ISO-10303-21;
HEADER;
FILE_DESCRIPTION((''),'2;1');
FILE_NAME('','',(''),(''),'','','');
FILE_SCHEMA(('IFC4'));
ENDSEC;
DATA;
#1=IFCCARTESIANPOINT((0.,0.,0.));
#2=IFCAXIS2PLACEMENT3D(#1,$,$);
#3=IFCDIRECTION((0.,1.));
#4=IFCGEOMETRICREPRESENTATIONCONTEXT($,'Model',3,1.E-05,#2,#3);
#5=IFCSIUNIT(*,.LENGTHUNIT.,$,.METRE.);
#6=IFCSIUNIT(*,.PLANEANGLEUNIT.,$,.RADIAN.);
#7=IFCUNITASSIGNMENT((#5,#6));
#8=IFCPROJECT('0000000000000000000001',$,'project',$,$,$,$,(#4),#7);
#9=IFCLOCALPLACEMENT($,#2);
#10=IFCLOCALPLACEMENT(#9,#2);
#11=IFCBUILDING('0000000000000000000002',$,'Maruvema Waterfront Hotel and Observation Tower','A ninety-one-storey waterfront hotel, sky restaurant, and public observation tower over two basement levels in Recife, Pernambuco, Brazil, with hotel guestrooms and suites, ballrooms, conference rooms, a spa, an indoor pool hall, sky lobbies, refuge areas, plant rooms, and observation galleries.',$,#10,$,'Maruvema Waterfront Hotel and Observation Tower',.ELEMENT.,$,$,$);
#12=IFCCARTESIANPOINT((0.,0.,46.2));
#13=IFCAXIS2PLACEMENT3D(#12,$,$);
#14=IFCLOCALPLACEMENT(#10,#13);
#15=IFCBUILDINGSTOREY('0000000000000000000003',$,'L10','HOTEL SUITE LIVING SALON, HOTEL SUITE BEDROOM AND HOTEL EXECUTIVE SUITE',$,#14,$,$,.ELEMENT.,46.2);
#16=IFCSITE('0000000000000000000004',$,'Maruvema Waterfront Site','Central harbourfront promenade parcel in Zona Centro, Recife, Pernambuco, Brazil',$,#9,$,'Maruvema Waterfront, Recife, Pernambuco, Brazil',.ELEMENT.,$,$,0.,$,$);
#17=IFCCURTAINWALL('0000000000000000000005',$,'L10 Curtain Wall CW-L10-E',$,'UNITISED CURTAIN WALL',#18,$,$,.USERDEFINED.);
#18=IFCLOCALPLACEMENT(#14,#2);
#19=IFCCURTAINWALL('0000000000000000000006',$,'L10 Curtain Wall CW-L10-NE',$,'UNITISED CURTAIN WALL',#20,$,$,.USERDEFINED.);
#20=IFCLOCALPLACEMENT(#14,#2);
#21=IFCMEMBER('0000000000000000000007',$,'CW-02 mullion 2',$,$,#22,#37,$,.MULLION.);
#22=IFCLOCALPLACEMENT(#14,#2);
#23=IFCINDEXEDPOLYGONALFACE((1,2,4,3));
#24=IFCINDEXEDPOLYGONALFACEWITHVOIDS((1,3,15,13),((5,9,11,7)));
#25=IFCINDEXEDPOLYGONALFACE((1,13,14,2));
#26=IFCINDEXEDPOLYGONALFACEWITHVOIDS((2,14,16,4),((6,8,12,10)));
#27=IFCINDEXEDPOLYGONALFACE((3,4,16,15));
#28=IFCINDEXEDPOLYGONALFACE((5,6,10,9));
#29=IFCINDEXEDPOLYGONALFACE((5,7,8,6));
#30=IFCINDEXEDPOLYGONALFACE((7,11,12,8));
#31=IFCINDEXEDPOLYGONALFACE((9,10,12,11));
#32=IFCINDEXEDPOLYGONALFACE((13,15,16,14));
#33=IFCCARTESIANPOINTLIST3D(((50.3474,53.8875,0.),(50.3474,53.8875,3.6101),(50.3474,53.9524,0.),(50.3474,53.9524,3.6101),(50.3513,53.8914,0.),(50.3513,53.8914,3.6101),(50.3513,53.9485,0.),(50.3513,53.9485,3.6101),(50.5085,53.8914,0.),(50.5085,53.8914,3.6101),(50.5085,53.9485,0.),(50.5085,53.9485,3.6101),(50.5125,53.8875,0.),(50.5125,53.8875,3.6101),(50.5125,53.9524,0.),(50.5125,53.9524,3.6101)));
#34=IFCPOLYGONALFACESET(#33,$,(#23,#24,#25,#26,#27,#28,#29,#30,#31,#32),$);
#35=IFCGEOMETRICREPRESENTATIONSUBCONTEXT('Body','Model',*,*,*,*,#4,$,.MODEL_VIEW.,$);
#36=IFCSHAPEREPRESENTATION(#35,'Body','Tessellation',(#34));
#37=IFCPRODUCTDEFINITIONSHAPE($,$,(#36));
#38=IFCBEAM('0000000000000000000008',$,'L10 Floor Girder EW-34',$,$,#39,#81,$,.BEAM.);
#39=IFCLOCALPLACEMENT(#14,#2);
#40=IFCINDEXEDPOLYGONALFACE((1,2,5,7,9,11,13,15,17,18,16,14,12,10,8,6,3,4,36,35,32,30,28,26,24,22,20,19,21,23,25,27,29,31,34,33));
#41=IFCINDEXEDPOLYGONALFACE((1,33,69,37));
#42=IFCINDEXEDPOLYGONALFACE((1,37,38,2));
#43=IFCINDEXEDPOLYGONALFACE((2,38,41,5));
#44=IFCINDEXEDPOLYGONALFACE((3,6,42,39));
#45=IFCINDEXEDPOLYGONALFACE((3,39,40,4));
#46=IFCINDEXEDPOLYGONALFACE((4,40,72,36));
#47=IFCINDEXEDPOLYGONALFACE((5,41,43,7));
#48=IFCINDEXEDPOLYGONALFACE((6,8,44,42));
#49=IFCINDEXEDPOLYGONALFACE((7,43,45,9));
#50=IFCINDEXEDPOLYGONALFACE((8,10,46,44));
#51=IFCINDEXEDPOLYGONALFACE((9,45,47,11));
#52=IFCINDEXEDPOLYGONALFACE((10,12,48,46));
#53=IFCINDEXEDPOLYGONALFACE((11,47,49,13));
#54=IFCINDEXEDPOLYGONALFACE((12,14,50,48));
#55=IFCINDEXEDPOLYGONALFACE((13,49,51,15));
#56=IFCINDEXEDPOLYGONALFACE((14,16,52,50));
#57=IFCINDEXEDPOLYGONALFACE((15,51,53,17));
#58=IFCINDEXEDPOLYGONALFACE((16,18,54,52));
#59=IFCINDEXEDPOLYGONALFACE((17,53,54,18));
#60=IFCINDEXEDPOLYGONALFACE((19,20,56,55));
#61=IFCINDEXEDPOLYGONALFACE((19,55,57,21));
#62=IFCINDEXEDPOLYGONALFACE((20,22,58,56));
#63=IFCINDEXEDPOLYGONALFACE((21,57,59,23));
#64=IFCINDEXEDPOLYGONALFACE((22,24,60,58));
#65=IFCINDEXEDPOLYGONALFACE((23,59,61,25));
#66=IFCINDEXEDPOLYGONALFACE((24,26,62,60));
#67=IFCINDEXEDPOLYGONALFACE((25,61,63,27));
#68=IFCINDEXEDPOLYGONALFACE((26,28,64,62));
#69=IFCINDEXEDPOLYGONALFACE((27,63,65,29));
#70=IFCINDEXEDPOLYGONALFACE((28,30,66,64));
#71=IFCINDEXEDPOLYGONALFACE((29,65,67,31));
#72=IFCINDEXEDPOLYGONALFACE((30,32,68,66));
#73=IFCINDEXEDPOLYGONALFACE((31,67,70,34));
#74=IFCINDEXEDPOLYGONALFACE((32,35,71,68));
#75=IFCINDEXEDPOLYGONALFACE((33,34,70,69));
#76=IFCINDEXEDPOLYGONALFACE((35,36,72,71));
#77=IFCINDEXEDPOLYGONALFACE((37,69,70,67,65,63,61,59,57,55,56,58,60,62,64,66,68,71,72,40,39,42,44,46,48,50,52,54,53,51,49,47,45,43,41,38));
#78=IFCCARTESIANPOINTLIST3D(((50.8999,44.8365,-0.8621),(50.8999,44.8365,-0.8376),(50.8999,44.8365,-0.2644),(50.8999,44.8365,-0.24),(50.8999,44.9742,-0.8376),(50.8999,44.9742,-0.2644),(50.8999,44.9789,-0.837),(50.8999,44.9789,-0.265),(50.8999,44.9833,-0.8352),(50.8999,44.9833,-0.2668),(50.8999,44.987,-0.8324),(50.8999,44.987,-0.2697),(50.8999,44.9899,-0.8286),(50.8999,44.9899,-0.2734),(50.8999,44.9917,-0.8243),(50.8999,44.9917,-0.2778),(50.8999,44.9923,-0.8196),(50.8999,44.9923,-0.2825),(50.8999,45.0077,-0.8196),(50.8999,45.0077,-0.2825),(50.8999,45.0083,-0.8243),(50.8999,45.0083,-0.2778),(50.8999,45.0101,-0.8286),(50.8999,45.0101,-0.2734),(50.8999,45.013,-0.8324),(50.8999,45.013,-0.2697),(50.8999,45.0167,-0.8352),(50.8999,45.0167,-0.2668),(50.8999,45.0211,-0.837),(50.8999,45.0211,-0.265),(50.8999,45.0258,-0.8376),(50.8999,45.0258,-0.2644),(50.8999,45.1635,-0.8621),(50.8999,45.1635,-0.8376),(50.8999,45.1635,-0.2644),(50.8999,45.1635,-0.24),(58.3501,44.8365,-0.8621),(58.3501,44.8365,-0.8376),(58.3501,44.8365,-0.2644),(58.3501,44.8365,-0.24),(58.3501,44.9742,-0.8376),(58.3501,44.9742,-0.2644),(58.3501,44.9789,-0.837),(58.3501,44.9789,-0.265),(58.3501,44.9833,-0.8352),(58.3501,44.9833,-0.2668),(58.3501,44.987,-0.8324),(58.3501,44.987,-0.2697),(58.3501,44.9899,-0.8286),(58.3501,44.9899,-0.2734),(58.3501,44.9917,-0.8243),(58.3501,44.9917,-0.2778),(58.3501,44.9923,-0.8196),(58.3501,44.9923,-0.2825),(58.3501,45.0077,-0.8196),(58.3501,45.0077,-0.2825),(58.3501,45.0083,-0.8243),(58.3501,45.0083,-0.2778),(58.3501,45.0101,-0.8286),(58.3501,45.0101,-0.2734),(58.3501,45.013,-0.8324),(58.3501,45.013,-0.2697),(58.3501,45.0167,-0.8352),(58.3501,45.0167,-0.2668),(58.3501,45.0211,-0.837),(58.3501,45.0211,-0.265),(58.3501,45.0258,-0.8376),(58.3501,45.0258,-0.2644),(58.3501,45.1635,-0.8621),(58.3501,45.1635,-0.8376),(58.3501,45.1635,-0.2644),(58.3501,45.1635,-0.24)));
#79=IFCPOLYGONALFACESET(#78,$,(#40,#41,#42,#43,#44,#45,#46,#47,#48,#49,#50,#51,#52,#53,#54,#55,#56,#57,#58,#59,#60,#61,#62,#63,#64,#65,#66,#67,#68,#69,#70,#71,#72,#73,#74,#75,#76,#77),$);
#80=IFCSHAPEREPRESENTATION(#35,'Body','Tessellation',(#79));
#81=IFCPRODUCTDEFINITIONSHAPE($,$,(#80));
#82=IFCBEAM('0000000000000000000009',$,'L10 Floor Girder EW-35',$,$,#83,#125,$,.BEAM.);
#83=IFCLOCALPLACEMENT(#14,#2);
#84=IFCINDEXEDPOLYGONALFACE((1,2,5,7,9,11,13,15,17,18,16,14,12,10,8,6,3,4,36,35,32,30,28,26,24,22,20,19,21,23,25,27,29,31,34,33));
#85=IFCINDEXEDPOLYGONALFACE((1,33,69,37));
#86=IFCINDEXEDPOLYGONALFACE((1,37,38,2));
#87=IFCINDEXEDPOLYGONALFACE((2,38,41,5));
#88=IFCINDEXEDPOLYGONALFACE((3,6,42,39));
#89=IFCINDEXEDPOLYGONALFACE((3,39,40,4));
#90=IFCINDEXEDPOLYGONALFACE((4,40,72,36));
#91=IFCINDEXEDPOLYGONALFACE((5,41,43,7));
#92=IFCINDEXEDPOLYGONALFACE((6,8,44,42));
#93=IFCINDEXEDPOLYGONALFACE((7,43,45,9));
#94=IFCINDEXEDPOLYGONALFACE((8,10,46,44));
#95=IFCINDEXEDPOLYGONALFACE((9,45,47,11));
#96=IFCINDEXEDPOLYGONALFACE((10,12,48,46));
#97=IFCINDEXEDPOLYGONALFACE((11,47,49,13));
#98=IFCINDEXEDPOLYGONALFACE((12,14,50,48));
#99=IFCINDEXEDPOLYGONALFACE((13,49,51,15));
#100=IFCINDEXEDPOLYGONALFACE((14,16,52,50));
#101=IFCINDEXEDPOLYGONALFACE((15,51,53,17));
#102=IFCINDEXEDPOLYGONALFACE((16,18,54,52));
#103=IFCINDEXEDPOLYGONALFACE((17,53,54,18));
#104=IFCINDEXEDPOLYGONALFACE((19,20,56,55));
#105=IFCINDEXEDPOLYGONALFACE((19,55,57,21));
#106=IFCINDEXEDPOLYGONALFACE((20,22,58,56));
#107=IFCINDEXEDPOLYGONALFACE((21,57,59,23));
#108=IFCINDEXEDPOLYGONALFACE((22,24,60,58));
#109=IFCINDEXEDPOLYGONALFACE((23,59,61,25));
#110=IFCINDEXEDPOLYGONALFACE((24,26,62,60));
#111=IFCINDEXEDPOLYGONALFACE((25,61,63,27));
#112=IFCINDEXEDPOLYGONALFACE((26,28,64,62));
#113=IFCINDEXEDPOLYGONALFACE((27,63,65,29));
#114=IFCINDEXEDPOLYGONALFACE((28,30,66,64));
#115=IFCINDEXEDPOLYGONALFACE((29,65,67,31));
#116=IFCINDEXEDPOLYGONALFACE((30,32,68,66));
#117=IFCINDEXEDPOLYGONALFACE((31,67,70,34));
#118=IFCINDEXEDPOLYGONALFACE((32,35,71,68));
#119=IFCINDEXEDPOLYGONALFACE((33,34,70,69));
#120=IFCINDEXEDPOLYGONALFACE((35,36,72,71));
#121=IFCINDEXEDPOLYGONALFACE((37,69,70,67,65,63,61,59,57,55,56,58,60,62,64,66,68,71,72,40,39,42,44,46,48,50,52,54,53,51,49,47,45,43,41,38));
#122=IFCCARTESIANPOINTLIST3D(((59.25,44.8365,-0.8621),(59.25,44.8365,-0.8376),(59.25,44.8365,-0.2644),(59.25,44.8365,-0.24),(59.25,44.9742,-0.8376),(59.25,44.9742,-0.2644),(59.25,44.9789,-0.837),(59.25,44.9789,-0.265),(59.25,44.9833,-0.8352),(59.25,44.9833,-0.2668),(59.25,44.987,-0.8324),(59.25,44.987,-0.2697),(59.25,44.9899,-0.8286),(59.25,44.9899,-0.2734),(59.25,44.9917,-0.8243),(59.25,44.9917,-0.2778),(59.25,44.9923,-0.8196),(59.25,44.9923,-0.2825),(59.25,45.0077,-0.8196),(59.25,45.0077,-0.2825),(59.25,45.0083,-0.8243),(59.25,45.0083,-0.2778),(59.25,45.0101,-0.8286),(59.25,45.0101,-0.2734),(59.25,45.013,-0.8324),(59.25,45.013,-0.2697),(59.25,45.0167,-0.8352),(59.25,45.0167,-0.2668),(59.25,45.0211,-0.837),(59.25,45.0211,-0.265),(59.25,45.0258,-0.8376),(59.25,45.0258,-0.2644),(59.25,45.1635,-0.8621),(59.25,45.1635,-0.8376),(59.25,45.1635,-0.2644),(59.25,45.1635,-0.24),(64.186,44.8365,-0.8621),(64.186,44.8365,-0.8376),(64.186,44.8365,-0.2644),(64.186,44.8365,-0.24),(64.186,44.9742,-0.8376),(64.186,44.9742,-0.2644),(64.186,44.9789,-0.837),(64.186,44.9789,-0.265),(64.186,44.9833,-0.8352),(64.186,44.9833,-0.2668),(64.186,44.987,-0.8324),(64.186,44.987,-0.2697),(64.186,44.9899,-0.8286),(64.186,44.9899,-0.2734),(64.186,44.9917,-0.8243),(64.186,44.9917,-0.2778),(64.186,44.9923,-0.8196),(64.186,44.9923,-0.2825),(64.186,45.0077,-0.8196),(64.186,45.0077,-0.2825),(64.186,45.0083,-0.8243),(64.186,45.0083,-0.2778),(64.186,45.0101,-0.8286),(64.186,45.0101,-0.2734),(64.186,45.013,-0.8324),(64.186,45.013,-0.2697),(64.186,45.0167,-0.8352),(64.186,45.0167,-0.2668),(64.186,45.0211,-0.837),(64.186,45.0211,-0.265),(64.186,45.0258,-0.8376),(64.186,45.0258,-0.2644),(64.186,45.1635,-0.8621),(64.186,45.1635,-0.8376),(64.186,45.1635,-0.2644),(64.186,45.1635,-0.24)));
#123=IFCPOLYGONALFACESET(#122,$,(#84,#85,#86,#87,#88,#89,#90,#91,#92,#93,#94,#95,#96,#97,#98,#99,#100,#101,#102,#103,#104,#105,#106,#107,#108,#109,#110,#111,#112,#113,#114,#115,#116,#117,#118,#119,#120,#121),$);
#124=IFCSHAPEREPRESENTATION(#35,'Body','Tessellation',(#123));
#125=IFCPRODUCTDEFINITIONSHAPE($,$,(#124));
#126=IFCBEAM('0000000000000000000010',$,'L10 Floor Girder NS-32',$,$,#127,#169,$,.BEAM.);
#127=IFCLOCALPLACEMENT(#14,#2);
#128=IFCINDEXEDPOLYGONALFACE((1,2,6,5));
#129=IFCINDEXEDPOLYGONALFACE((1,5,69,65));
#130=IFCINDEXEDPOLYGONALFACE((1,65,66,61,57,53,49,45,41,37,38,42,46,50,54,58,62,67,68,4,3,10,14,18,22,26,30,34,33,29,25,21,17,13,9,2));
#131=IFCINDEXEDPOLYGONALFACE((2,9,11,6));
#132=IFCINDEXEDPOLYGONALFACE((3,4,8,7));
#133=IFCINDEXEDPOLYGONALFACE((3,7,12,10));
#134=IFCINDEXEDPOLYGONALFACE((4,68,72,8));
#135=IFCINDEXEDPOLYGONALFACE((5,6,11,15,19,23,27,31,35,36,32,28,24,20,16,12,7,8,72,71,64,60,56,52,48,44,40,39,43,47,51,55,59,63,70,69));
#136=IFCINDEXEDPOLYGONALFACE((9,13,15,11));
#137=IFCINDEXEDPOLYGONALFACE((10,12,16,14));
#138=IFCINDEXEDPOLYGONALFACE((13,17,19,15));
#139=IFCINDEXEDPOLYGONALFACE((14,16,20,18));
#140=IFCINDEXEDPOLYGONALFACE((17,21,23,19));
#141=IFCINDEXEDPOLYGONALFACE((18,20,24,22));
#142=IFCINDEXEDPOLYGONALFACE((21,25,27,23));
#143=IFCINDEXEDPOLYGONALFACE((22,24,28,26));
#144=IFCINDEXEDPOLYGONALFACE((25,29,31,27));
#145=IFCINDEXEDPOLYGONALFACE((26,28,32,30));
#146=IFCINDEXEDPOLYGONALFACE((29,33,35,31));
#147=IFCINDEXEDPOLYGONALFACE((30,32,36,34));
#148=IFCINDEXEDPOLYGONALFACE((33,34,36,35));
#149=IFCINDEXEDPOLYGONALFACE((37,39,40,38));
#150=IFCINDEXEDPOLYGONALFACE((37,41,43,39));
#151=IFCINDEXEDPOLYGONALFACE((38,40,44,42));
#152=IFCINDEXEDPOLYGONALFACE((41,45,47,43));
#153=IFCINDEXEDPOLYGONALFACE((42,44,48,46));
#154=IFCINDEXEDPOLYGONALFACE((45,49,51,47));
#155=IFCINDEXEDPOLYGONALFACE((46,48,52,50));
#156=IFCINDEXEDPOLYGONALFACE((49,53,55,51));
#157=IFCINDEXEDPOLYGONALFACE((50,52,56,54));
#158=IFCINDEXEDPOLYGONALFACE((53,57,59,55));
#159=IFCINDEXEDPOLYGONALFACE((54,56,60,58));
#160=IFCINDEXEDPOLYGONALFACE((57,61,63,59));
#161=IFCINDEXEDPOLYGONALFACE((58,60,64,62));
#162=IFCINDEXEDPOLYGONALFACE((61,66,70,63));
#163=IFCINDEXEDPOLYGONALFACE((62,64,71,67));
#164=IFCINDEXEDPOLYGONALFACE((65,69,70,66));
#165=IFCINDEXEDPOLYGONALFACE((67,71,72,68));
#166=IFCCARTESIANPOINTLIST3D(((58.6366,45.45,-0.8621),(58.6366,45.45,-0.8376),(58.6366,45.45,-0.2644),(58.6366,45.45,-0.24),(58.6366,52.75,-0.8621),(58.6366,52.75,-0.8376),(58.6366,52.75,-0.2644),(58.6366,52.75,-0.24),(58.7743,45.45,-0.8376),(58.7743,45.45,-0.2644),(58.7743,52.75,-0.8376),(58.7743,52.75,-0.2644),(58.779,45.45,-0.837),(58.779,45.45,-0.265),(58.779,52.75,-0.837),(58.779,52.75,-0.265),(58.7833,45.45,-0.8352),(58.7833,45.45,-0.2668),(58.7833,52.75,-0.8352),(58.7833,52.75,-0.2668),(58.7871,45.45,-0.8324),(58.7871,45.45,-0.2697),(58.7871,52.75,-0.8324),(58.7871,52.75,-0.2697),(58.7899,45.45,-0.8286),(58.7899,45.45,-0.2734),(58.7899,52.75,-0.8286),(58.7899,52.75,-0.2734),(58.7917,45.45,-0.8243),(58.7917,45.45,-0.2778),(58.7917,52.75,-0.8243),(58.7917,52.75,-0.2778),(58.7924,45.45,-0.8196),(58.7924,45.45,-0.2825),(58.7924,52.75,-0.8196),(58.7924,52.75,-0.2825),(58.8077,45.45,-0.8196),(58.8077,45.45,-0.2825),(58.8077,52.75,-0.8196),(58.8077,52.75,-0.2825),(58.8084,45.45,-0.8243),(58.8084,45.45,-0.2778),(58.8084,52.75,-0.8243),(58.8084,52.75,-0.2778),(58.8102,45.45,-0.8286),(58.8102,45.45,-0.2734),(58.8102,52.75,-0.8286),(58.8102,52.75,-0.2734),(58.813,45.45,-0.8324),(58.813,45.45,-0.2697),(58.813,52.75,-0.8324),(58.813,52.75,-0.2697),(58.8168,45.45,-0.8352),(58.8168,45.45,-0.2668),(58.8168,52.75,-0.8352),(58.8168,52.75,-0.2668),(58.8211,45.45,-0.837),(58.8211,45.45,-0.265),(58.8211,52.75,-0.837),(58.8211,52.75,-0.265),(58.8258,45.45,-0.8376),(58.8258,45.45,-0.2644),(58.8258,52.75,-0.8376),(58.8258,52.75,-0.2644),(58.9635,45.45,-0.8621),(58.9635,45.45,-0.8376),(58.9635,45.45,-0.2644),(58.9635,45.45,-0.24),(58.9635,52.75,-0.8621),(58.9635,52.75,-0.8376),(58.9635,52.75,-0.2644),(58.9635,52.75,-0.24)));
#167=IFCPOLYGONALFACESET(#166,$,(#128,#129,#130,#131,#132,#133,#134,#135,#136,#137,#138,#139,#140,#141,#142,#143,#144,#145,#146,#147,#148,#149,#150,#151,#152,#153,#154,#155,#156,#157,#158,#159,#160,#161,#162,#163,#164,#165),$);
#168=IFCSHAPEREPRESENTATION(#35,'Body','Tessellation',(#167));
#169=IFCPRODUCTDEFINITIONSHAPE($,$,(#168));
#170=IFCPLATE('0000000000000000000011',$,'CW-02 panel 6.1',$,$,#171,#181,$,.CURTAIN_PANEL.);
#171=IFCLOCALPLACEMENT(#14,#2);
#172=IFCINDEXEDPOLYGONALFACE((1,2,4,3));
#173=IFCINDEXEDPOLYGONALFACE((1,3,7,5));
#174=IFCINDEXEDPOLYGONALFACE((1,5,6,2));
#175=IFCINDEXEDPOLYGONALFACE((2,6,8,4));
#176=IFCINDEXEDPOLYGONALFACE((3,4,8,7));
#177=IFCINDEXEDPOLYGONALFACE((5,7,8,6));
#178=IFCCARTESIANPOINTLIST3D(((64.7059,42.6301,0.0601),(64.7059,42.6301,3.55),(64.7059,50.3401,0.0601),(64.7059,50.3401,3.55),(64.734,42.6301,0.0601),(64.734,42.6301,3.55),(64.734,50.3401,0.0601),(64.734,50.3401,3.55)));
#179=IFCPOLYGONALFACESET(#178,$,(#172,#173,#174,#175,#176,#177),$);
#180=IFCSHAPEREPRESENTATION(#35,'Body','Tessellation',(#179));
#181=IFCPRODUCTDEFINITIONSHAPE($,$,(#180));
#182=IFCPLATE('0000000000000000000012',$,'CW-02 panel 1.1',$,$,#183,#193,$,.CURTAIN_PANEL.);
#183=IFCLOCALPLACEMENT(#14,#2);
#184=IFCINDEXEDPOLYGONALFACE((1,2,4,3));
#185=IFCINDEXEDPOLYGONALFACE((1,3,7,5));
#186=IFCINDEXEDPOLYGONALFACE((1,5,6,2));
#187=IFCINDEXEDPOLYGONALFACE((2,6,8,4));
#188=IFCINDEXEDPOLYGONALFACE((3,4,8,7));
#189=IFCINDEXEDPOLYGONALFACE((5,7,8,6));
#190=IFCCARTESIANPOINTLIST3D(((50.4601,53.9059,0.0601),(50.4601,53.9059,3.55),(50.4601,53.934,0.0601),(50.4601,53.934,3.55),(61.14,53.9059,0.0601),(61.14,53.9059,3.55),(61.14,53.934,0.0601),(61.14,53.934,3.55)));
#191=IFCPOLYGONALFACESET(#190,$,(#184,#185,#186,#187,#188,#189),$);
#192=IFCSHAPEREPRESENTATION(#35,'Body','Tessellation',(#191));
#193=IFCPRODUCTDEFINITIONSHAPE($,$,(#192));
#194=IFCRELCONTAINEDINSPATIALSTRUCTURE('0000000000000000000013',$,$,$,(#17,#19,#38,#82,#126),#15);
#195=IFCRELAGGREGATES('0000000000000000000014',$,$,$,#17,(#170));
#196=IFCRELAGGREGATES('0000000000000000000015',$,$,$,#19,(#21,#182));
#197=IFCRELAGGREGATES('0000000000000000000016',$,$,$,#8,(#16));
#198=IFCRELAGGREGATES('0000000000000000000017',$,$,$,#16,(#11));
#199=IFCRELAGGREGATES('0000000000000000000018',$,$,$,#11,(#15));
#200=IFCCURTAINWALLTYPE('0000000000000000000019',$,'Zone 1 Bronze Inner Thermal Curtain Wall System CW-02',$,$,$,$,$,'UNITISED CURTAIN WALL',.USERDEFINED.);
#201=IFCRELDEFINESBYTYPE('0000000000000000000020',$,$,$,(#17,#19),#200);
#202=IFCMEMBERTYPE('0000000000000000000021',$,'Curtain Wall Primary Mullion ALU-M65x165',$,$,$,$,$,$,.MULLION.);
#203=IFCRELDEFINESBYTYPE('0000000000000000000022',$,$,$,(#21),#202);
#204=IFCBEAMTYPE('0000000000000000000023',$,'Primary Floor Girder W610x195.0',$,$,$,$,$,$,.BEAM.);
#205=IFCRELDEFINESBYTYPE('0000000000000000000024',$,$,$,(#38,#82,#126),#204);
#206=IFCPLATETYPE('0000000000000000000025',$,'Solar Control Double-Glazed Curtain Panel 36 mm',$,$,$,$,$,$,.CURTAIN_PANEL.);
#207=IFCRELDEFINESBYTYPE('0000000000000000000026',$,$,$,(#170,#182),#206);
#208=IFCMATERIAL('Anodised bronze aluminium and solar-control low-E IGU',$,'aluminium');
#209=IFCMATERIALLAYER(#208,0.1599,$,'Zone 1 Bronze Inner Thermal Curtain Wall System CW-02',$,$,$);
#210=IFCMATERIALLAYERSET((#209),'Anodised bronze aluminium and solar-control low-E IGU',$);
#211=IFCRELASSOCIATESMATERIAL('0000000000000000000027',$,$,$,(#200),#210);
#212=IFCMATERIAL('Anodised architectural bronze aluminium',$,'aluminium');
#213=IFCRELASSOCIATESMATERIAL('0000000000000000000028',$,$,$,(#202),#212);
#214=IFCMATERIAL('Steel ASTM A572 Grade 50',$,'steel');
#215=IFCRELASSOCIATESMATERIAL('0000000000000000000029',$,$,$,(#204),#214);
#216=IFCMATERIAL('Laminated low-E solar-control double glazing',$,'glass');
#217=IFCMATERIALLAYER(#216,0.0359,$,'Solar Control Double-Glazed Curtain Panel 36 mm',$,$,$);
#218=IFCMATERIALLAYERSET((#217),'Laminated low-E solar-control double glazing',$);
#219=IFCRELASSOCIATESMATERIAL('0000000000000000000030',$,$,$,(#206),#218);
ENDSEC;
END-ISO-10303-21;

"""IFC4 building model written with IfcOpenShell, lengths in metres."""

from ifc_helpers import new_model, si_unit, direction, frame, origin, origin_2d, place, context, subcontext, project, spatial, rectangle, hollow_rectangle, i_section, extrude, material, layer, layer_set, material_profile, profile_set, type_object, element, aggregate, save


model = new_model("IFC4")

# Units and contexts
model_context = context("Model", 3, precision=1e-05, world=origin(), true_north=direction((0.0, 1.0)))
body_context = subcontext(model_context, "Body", "Model", "MODEL_VIEW")
ifc_project = project(units=[si_unit("LENGTHUNIT", "METRE"), si_unit("PLANEANGLEUNIT", "RADIAN")], contexts=[model_context])

# Site, building, storey
site_placement = place(None, origin())
site = spatial("IfcSite", under=ifc_project, at=site_placement, Name="Maruvema Waterfront Site", Description="Central harbourfront promenade parcel in Zona Centro, Recife, Pernambuco, Brazil", LongName="Maruvema Waterfront, Recife, Pernambuco, Brazil", CompositionType="ELEMENT", RefElevation=0.0)
building_placement = place(site_placement, origin())
building = spatial("IfcBuilding", under=site, at=building_placement, Name="Maruvema Waterfront Hotel and Observation Tower", Description="A ninety-one-storey waterfront hotel, sky restaurant, and public observation tower over two basement levels in Recife, Pernambuco, Brazil, with hotel guestrooms and suites, ballrooms, conference rooms, a spa, an indoor pool hall, sky lobbies, refuge areas, plant rooms, and observation galleries.", LongName="Maruvema Waterfront Hotel and Observation Tower", CompositionType="ELEMENT")
storey_placement = place(building_placement, frame((0.0, 0.0, 46.2)))
storey = spatial("IfcBuildingStorey", under=building, at=storey_placement, Name="L10", Description="HOTEL SUITE LIVING SALON, HOTEL SUITE BEDROOM AND HOTEL EXECUTIVE SUITE", CompositionType="ELEMENT", Elevation=46.2)

# Curtain walls
ifc_material_1 = material(Name="Anodised bronze aluminium and solar-control low-E IGU", Category="aluminium")
ifc_layer_1 = layer(ifc_material_1, 0.1599, Name="Zone 1 Bronze Inner Thermal Curtain Wall System CW-02")
ifc_layer_set_1 = layer_set([ifc_layer_1], Name="Anodised bronze aluminium and solar-control low-E IGU")
curtain_wall_type = type_object("IfcCurtainWallType", Name="Zone 1 Bronze Inner Thermal Curtain Wall System CW-02", ElementType="UNITISED CURTAIN WALL", PredefinedType="USERDEFINED", material=ifc_layer_set_1)
curtain_wall_1_placement = place(storey_placement, origin())
curtain_wall_1 = element("IfcCurtainWall", 1, at=curtain_wall_1_placement, inside=storey, type_object=curtain_wall_type, Name="L10 Curtain Wall CW-L10-E", ObjectType="UNITISED CURTAIN WALL", PredefinedType="USERDEFINED")
curtain_wall_2_placement = place(storey_placement, origin())
curtain_wall_2 = element("IfcCurtainWall", 2, at=curtain_wall_2_placement, inside=storey, type_object=curtain_wall_type, Name="L10 Curtain Wall CW-L10-NE", ObjectType="UNITISED CURTAIN WALL", PredefinedType="USERDEFINED")

# Member
ifc_material_2 = material(Name="Anodised architectural bronze aluminium", Category="aluminium")
ifc_material_profile_1 = material_profile(ifc_material_2, hollow_rectangle(XDim=0.0649, YDim=0.165, WallThickness=0.0039, at=origin_2d()), Name="ALU-M65x165")
ifc_profile_set_1 = profile_set([ifc_material_profile_1], Name="Anodised architectural bronze aluminium")
member_type_1 = type_object("IfcMemberType", Name="Curtain Wall Primary Mullion ALU-M65x165", PredefinedType="MULLION", material=ifc_profile_set_1)
member_1_placement = place(storey_placement, frame((50.4299, 53.9199, 0.0), z_axis=(0.0, 0.0, 1.0), x_axis=(0.0, -1.0, 0.0)))
member_1 = element("IfcMember", 3, at=member_1_placement, type_object=member_type_1, Name="CW-02 mullion 2", PredefinedType="MULLION", context=body_context, shape_type="SweptSolid", body=[
    extrude(hollow_rectangle(XDim=0.0649, YDim=0.165, WallThickness=0.0039, at=origin_2d()), origin(), (0.0, 0.0, 1.0), 3.6101),
])

# Beams
ifc_material_3 = material(Name="Steel ASTM A572 Grade 50", Category="steel")
ifc_material_profile_2 = material_profile(ifc_material_3, i_section(OverallWidth=0.3269, OverallDepth=0.6221, WebThickness=0.0154, FlangeThickness=0.0244, FilletRadius=0.0181, at=origin_2d()), Name="W610x195.0")
ifc_profile_set_2 = profile_set([ifc_material_profile_2], Name="Steel ASTM A572 Grade 50")
beam_type = type_object("IfcBeamType", Name="Primary Floor Girder W610x195.0", PredefinedType="BEAM", material=ifc_profile_set_2)
beam_1_placement = place(storey_placement, frame((50.8999, 45.0, -0.551), z_axis=(1.0, 0.0, 0.0), x_axis=(0.0, 1.0, 0.0)))
element("IfcBeam", 4, at=beam_1_placement, inside=storey, type_object=beam_type, Name="L10 Floor Girder EW-34", PredefinedType="BEAM", context=body_context, shape_type="SweptSolid", body=[
    extrude(i_section(OverallWidth=0.3269, OverallDepth=0.6221, WebThickness=0.0154, FlangeThickness=0.0244, FilletRadius=0.0181, at=origin_2d()), origin(), (0.0, 0.0, 1.0), 7.4502),
])
beam_2_placement = place(storey_placement, frame((59.25, 45.0, -0.551), z_axis=(1.0, 0.0, 0.0), x_axis=(0.0, 1.0, 0.0)))
element("IfcBeam", 5, at=beam_2_placement, inside=storey, type_object=beam_type, Name="L10 Floor Girder EW-35", PredefinedType="BEAM", context=body_context, shape_type="SweptSolid", body=[
    extrude(i_section(OverallWidth=0.3269, OverallDepth=0.6221, WebThickness=0.0154, FlangeThickness=0.0244, FilletRadius=0.0181, at=origin_2d()), origin(), (0.0, 0.0, 1.0), 4.936),
])
beam_3_placement = place(storey_placement, frame((58.8, 45.45, -0.551), z_axis=(0.0, 1.0, 0.0), x_axis=(-1.0, 0.0, 0.0)))
element("IfcBeam", 6, at=beam_3_placement, inside=storey, type_object=beam_type, Name="L10 Floor Girder NS-32", PredefinedType="BEAM", context=body_context, shape_type="SweptSolid", body=[
    extrude(i_section(OverallWidth=0.3269, OverallDepth=0.6221, WebThickness=0.0154, FlangeThickness=0.0244, FilletRadius=0.0181, at=origin_2d()), origin(), (0.0, 0.0, 1.0), 7.3),
])

# Plates
ifc_material_4 = material(Name="Laminated low-E solar-control double glazing", Category="glass")
ifc_layer_2 = layer(ifc_material_4, 0.0359, Name="Solar Control Double-Glazed Curtain Panel 36 mm")
ifc_layer_set_2 = layer_set([ifc_layer_2], Name="Laminated low-E solar-control double glazing")
plate_type_1 = type_object("IfcPlateType", Name="Solar Control Double-Glazed Curtain Panel 36 mm", PredefinedType="CURTAIN_PANEL", material=ifc_layer_set_2)
plate_1_placement = place(storey_placement, frame((64.72, 46.4851, 0.0601), z_axis=(0.0, 0.0, 1.0), x_axis=(0.0, 1.0, 0.0)))
plate_1 = element("IfcPlate", 7, at=plate_1_placement, type_object=plate_type_1, Name="CW-02 panel 6.1", PredefinedType="CURTAIN_PANEL", context=body_context, shape_type="SweptSolid", body=[
    extrude(rectangle(XDim=7.71, YDim=0.0281, at=origin_2d()), origin(), (0.0, 0.0, 1.0), 3.49),
])
aggregate(curtain_wall_1, [plate_1])
plate_2_placement = place(storey_placement, frame((55.8, 53.9199, 0.0601), z_axis=(0.0, 0.0, 1.0), x_axis=(-1.0, 0.0, 0.0)))
plate_2 = element("IfcPlate", 8, at=plate_2_placement, type_object=plate_type_1, Name="CW-02 panel 1.1", PredefinedType="CURTAIN_PANEL", context=body_context, shape_type="SweptSolid", body=[
    extrude(rectangle(XDim=10.6799, YDim=0.0281, at=origin_2d()), origin(), (0.0, 0.0, 1.0), 3.49),
])
aggregate(curtain_wall_2, [member_1, plate_2])

save(model, "model.ifc")
